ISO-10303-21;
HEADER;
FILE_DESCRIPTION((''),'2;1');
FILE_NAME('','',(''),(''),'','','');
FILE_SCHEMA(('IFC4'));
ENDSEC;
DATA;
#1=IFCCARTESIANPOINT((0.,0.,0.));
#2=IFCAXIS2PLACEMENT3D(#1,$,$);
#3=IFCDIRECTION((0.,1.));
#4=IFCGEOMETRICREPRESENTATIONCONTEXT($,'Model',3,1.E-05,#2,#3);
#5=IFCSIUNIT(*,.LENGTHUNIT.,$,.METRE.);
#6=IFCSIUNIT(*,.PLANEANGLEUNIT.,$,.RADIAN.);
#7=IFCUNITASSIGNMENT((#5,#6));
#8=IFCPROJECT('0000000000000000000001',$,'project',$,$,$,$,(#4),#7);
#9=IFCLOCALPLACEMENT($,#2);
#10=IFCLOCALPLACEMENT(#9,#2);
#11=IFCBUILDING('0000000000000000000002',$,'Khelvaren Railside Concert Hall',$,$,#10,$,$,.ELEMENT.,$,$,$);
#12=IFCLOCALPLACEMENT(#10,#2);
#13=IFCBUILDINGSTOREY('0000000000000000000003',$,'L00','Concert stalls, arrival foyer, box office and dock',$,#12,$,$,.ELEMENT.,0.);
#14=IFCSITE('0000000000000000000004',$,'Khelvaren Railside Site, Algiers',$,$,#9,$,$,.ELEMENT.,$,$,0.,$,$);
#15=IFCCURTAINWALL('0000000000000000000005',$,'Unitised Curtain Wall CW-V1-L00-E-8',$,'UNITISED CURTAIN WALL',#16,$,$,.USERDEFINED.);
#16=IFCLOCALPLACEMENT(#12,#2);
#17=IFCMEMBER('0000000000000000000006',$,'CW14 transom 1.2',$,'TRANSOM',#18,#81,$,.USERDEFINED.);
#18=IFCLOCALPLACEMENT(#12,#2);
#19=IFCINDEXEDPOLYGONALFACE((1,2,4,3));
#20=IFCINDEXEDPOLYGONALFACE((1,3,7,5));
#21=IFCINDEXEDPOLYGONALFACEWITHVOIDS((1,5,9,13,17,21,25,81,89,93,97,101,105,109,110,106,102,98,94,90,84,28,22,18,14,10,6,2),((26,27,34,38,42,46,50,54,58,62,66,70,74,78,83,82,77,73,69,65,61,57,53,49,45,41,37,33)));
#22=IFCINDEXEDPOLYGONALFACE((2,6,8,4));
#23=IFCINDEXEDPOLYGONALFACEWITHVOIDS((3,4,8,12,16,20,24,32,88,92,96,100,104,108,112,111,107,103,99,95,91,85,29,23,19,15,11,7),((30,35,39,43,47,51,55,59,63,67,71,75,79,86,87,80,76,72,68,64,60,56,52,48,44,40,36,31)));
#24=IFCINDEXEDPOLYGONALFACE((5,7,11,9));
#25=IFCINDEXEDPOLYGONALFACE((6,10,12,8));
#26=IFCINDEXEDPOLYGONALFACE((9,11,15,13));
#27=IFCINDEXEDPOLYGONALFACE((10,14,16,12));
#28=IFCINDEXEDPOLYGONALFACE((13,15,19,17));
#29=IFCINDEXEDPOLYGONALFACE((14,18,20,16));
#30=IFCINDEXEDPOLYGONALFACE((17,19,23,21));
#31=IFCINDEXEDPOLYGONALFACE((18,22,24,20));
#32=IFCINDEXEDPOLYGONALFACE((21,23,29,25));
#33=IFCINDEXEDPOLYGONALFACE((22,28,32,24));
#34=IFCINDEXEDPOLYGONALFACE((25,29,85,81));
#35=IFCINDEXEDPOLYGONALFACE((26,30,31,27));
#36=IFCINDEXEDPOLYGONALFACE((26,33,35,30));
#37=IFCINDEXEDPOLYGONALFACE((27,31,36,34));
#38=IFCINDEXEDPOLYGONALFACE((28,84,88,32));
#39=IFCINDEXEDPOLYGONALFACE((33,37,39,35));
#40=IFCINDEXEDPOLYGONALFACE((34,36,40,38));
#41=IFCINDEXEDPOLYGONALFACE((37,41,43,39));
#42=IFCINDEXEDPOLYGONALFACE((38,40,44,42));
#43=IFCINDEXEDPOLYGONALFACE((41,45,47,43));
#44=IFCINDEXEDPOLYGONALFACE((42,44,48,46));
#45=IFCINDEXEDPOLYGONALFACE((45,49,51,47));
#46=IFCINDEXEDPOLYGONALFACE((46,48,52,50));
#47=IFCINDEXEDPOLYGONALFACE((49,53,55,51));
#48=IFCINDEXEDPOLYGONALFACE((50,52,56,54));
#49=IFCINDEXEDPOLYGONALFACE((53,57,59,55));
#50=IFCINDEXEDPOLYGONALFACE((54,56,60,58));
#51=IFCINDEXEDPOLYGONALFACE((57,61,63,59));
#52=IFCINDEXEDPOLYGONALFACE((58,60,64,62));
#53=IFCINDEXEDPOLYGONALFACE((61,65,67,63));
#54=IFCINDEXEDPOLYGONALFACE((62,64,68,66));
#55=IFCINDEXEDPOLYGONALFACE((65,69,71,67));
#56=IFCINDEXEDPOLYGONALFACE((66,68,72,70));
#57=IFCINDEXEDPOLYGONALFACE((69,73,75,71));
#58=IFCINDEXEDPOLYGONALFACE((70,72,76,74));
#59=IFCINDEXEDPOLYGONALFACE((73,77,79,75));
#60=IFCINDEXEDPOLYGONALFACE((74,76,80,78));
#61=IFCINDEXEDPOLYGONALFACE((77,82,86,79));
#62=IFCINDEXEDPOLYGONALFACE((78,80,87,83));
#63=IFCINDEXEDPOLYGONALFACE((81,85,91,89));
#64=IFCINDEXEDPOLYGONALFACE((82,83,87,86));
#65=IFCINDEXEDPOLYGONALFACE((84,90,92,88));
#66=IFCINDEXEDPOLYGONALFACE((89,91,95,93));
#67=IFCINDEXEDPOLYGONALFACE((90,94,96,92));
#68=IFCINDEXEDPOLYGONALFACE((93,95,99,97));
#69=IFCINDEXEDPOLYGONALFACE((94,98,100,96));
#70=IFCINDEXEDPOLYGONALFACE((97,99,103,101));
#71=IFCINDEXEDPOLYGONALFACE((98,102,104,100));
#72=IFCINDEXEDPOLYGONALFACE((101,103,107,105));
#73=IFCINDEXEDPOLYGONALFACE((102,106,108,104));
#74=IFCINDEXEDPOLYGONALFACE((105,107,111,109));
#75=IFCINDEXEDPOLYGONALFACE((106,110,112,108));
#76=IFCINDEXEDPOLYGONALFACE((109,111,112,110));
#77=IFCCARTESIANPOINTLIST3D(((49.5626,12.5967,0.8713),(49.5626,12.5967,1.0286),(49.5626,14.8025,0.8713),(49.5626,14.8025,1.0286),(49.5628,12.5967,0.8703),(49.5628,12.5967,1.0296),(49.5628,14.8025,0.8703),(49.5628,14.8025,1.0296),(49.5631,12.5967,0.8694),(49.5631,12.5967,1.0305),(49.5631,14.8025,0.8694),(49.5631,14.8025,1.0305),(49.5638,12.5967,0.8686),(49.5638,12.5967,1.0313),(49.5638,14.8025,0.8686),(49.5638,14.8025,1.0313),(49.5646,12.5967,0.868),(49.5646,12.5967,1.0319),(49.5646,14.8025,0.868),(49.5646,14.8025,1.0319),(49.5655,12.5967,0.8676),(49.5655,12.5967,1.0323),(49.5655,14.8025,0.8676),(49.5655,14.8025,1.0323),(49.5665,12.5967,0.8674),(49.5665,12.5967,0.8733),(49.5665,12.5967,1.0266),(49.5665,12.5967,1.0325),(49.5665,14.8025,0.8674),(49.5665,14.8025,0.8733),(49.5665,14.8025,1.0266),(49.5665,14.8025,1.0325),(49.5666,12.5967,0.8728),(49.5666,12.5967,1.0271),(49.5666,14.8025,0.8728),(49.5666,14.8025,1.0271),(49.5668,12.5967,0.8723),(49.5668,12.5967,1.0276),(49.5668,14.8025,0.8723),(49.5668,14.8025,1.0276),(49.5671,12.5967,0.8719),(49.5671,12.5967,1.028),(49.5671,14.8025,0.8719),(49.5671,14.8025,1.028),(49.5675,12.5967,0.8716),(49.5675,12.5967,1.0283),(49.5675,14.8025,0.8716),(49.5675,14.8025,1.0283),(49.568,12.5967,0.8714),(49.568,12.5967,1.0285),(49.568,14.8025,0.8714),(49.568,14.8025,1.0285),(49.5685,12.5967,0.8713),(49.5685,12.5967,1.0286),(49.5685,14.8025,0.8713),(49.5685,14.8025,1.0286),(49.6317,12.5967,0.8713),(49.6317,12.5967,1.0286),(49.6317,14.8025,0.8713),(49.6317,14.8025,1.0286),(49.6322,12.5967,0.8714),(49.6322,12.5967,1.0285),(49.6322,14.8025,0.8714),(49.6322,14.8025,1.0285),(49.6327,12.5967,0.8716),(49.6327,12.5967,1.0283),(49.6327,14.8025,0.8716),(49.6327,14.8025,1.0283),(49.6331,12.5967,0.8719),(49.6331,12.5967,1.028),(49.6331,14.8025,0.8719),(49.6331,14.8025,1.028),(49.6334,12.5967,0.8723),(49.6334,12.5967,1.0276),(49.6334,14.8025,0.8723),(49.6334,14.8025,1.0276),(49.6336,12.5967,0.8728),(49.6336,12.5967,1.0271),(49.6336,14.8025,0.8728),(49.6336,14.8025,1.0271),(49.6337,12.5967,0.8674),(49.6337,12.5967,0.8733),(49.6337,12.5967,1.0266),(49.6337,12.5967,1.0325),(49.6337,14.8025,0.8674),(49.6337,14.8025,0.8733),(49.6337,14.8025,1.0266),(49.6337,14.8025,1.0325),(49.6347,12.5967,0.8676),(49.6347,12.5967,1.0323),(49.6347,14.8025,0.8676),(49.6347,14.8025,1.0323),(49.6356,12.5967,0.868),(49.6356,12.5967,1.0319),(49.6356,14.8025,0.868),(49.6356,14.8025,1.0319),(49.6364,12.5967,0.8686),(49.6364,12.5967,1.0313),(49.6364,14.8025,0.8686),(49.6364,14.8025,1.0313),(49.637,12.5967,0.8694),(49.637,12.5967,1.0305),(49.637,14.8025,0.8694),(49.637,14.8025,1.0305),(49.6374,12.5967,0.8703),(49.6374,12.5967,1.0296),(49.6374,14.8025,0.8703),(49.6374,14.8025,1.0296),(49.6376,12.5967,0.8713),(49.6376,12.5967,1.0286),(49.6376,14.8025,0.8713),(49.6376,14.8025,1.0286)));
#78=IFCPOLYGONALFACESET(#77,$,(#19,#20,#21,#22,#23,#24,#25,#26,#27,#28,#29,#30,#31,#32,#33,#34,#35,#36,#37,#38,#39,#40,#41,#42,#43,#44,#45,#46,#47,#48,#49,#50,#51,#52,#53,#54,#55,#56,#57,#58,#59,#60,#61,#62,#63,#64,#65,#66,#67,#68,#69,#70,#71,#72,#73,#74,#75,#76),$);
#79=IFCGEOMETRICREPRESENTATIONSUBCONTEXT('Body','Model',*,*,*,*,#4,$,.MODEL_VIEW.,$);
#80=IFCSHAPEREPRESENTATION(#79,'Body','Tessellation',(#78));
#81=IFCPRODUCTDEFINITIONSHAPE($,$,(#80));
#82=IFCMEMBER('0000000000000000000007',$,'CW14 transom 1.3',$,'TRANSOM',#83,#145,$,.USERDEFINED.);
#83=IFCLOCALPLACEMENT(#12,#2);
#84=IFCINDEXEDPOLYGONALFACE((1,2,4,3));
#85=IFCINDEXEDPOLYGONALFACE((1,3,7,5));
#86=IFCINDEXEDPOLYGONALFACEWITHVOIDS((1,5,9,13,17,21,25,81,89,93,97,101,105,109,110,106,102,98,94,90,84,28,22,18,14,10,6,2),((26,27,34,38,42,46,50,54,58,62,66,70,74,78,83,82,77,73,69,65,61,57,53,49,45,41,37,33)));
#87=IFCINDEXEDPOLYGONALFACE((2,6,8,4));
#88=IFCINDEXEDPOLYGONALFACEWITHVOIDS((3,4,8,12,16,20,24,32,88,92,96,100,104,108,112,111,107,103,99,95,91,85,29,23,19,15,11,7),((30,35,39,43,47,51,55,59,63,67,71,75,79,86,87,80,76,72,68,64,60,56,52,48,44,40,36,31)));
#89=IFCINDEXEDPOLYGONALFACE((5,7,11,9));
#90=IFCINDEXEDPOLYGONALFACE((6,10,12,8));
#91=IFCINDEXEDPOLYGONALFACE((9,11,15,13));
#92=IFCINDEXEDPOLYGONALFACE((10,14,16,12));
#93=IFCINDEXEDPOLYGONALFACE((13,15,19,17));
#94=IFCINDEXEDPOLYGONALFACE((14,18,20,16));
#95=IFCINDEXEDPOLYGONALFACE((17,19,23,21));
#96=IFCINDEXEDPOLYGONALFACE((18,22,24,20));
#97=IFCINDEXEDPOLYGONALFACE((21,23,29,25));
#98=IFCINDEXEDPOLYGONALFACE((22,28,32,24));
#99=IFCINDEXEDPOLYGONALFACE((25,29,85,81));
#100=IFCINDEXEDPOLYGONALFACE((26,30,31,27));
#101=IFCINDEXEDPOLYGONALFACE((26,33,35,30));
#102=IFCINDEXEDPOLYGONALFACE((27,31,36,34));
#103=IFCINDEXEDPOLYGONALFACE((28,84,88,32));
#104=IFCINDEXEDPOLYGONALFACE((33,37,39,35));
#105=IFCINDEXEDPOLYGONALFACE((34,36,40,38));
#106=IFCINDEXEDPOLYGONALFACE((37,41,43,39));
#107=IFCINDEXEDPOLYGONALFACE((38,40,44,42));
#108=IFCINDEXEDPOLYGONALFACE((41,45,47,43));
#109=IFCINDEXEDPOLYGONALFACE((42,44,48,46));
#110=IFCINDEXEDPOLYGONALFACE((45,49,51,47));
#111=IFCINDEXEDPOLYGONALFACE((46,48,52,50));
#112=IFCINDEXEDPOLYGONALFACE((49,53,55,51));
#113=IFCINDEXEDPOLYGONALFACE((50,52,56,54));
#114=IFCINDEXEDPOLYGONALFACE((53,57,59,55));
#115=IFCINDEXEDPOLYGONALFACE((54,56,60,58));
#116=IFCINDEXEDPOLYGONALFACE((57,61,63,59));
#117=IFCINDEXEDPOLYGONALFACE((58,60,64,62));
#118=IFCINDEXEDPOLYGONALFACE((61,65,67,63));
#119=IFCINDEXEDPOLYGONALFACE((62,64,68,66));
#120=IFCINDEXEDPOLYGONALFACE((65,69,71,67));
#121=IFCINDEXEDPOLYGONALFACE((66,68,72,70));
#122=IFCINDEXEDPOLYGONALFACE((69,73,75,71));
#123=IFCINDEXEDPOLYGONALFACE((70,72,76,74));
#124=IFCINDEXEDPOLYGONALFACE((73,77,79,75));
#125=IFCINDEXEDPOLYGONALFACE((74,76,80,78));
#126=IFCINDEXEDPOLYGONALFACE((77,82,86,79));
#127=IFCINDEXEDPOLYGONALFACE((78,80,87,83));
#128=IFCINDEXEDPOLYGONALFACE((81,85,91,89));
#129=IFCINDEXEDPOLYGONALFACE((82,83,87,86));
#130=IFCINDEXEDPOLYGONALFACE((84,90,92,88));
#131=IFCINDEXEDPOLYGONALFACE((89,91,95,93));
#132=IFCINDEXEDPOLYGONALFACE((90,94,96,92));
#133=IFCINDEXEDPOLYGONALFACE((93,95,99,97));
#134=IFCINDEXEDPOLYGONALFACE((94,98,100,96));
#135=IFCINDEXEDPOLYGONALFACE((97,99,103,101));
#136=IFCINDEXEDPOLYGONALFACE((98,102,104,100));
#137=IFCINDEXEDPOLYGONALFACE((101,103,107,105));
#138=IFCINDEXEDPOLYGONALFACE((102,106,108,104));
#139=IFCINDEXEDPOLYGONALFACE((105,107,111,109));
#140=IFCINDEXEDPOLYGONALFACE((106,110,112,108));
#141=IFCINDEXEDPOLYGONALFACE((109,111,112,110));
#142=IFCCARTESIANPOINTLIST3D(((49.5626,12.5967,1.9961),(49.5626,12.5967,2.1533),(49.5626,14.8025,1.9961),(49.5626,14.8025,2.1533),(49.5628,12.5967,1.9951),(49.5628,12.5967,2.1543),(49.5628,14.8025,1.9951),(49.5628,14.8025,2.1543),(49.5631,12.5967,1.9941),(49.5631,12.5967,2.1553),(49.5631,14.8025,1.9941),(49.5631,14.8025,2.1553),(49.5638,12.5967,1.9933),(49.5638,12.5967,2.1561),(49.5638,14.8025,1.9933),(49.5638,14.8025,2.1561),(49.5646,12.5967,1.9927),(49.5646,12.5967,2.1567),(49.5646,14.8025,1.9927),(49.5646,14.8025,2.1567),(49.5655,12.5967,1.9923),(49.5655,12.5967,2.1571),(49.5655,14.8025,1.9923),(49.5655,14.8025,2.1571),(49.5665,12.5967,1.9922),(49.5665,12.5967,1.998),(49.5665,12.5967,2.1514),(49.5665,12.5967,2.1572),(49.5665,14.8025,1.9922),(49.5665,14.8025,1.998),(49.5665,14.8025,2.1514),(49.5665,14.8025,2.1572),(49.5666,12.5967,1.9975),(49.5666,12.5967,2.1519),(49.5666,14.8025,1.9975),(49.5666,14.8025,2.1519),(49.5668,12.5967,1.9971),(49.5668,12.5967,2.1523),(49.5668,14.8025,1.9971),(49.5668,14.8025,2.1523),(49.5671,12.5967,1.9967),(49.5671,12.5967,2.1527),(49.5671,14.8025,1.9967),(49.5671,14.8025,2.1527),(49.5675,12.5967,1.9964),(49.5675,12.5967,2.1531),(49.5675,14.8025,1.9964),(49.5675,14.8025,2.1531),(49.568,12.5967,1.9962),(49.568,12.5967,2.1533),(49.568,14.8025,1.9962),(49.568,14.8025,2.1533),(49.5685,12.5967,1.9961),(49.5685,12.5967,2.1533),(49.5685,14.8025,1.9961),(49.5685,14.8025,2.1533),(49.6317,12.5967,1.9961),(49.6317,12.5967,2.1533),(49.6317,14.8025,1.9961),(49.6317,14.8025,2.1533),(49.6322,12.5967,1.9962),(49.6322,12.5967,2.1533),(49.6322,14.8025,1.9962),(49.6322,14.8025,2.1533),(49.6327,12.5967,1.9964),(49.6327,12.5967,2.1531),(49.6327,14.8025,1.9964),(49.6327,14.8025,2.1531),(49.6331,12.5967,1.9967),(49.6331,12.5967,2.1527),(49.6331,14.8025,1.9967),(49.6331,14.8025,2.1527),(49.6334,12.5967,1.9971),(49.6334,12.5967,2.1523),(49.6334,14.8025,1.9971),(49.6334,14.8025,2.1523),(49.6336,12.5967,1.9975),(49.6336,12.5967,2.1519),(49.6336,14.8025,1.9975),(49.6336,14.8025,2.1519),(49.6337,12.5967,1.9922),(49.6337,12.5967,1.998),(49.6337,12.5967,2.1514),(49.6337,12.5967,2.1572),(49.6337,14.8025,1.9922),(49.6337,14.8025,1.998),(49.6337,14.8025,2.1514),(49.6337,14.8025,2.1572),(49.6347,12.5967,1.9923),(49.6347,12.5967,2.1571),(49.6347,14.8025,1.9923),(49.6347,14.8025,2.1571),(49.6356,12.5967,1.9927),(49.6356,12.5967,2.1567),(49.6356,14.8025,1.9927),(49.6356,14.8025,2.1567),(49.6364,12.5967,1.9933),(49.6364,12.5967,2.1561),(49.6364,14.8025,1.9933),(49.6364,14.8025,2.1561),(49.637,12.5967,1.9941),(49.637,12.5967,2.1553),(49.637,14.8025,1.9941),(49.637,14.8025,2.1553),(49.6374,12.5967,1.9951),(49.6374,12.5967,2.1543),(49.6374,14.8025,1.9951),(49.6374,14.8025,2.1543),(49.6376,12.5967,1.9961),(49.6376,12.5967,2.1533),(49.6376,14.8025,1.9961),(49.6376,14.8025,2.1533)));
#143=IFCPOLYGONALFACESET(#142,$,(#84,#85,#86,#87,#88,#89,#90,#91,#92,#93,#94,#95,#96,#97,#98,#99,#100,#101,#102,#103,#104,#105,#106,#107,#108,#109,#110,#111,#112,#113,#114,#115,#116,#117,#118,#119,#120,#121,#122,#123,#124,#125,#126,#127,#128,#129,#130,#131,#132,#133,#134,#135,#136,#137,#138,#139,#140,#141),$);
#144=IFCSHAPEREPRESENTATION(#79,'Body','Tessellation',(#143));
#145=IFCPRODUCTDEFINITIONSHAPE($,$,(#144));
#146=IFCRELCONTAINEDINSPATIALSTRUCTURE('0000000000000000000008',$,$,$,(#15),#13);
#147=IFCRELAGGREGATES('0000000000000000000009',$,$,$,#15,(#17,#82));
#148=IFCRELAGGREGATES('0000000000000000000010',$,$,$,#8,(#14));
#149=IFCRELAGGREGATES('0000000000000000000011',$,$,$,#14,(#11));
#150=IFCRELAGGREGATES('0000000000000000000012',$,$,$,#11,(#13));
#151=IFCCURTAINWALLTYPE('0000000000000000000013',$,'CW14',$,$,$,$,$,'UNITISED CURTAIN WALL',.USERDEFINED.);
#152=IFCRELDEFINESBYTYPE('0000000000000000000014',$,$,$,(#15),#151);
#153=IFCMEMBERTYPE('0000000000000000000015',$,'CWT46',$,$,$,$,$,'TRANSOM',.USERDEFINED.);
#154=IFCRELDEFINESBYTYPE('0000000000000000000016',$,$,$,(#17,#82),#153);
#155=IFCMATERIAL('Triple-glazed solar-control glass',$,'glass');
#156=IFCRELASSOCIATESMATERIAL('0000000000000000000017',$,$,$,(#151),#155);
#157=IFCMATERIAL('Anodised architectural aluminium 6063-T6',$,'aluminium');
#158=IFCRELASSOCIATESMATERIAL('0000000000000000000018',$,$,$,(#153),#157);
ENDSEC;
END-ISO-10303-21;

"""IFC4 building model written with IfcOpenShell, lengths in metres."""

from ifc_helpers import new_model, si_unit, direction, frame, origin, origin_2d, place, context, subcontext, project, spatial, hollow_rectangle, extrude, material, material_profile, profile_set, type_object, element, aggregate, save


model = new_model("IFC4")

# Units and contexts
model_context = context("Model", 3, precision=1e-05, world=origin(), true_north=direction((0.0, 1.0)))
body_context = subcontext(model_context, "Body", "Model", "MODEL_VIEW")
ifc_project = project(units=[si_unit("LENGTHUNIT", "METRE"), si_unit("PLANEANGLEUNIT", "RADIAN")], contexts=[model_context])

# Site, building, storey
site_placement = place(None, origin())
site = spatial("IfcSite", under=ifc_project, at=site_placement, Name="Khelvaren Railside Site, Algiers", CompositionType="ELEMENT", RefElevation=0.0)
building_placement = place(site_placement, origin())
building = spatial("IfcBuilding", under=site, at=building_placement, Name="Khelvaren Railside Concert Hall", CompositionType="ELEMENT")
storey_placement = place(building_placement, origin())
storey = spatial("IfcBuildingStorey", under=building, at=storey_placement, Name="L00", Description="Concert stalls, arrival foyer, box office and dock", CompositionType="ELEMENT", Elevation=0.0)

# Curtain wall
ifc_material_1 = material(Name="Triple-glazed solar-control glass", Category="glass")
curtain_wall_type_1 = type_object("IfcCurtainWallType", Name="CW14", ElementType="UNITISED CURTAIN WALL", PredefinedType="USERDEFINED", material=ifc_material_1)
curtain_wall_1_placement = place(storey_placement, origin())
curtain_wall_1 = element("IfcCurtainWall", 1, at=curtain_wall_1_placement, inside=storey, type_object=curtain_wall_type_1, Name="Unitised Curtain Wall CW-V1-L00-E-8", ObjectType="UNITISED CURTAIN WALL", PredefinedType="USERDEFINED")
ifc_material_2 = material(Name="Anodised architectural aluminium 6063-T6", Category="aluminium")

# Members
ifc_material_profile_1 = material_profile(ifc_material_2, hollow_rectangle(XDim=0.075, YDim=0.165, WallThickness=0.0039, InnerFilletRadius=0.002, OuterFilletRadius=0.0039, at=origin_2d()), Name="CWT 75x165x4")
ifc_profile_set_1 = profile_set([ifc_material_profile_1], Name="Anodised architectural aluminium 6063-T6")
member_type_1 = type_object("IfcMemberType", Name="CWT46", ElementType="TRANSOM", PredefinedType="USERDEFINED", material=ifc_profile_set_1)
member_1_placement = place(storey_placement, frame((49.6001, 14.8025, 0.95), z_axis=(0.0, -1.0, 0.0), x_axis=(1.0, 0.0, 0.0)))
member_1 = element("IfcMember", 2, at=member_1_placement, type_object=member_type_1, Name="CW14 transom 1.2", ObjectType="TRANSOM", PredefinedType="USERDEFINED", context=body_context, shape_type="SweptSolid", body=[
    extrude(hollow_rectangle(XDim=0.075, YDim=0.165, WallThickness=0.0039, InnerFilletRadius=0.002, OuterFilletRadius=0.0039, at=origin_2d()), origin(), (0.0, 0.0, 1.0), 2.2058),
])
member_2_placement = place(storey_placement, frame((49.6001, 14.8025, 2.0747), z_axis=(0.0, -1.0, 0.0), x_axis=(1.0, 0.0, 0.0)))
member_2 = element("IfcMember", 3, at=member_2_placement, type_object=member_type_1, Name="CW14 transom 1.3", ObjectType="TRANSOM", PredefinedType="USERDEFINED", context=body_context, shape_type="SweptSolid", body=[
    extrude(hollow_rectangle(XDim=0.075, YDim=0.165, WallThickness=0.0039, InnerFilletRadius=0.002, OuterFilletRadius=0.0039, at=origin_2d()), origin(), (0.0, 0.0, 1.0), 2.2058),
])

aggregate(curtain_wall_1, [member_1, member_2])

save(model, "model.ifc")
